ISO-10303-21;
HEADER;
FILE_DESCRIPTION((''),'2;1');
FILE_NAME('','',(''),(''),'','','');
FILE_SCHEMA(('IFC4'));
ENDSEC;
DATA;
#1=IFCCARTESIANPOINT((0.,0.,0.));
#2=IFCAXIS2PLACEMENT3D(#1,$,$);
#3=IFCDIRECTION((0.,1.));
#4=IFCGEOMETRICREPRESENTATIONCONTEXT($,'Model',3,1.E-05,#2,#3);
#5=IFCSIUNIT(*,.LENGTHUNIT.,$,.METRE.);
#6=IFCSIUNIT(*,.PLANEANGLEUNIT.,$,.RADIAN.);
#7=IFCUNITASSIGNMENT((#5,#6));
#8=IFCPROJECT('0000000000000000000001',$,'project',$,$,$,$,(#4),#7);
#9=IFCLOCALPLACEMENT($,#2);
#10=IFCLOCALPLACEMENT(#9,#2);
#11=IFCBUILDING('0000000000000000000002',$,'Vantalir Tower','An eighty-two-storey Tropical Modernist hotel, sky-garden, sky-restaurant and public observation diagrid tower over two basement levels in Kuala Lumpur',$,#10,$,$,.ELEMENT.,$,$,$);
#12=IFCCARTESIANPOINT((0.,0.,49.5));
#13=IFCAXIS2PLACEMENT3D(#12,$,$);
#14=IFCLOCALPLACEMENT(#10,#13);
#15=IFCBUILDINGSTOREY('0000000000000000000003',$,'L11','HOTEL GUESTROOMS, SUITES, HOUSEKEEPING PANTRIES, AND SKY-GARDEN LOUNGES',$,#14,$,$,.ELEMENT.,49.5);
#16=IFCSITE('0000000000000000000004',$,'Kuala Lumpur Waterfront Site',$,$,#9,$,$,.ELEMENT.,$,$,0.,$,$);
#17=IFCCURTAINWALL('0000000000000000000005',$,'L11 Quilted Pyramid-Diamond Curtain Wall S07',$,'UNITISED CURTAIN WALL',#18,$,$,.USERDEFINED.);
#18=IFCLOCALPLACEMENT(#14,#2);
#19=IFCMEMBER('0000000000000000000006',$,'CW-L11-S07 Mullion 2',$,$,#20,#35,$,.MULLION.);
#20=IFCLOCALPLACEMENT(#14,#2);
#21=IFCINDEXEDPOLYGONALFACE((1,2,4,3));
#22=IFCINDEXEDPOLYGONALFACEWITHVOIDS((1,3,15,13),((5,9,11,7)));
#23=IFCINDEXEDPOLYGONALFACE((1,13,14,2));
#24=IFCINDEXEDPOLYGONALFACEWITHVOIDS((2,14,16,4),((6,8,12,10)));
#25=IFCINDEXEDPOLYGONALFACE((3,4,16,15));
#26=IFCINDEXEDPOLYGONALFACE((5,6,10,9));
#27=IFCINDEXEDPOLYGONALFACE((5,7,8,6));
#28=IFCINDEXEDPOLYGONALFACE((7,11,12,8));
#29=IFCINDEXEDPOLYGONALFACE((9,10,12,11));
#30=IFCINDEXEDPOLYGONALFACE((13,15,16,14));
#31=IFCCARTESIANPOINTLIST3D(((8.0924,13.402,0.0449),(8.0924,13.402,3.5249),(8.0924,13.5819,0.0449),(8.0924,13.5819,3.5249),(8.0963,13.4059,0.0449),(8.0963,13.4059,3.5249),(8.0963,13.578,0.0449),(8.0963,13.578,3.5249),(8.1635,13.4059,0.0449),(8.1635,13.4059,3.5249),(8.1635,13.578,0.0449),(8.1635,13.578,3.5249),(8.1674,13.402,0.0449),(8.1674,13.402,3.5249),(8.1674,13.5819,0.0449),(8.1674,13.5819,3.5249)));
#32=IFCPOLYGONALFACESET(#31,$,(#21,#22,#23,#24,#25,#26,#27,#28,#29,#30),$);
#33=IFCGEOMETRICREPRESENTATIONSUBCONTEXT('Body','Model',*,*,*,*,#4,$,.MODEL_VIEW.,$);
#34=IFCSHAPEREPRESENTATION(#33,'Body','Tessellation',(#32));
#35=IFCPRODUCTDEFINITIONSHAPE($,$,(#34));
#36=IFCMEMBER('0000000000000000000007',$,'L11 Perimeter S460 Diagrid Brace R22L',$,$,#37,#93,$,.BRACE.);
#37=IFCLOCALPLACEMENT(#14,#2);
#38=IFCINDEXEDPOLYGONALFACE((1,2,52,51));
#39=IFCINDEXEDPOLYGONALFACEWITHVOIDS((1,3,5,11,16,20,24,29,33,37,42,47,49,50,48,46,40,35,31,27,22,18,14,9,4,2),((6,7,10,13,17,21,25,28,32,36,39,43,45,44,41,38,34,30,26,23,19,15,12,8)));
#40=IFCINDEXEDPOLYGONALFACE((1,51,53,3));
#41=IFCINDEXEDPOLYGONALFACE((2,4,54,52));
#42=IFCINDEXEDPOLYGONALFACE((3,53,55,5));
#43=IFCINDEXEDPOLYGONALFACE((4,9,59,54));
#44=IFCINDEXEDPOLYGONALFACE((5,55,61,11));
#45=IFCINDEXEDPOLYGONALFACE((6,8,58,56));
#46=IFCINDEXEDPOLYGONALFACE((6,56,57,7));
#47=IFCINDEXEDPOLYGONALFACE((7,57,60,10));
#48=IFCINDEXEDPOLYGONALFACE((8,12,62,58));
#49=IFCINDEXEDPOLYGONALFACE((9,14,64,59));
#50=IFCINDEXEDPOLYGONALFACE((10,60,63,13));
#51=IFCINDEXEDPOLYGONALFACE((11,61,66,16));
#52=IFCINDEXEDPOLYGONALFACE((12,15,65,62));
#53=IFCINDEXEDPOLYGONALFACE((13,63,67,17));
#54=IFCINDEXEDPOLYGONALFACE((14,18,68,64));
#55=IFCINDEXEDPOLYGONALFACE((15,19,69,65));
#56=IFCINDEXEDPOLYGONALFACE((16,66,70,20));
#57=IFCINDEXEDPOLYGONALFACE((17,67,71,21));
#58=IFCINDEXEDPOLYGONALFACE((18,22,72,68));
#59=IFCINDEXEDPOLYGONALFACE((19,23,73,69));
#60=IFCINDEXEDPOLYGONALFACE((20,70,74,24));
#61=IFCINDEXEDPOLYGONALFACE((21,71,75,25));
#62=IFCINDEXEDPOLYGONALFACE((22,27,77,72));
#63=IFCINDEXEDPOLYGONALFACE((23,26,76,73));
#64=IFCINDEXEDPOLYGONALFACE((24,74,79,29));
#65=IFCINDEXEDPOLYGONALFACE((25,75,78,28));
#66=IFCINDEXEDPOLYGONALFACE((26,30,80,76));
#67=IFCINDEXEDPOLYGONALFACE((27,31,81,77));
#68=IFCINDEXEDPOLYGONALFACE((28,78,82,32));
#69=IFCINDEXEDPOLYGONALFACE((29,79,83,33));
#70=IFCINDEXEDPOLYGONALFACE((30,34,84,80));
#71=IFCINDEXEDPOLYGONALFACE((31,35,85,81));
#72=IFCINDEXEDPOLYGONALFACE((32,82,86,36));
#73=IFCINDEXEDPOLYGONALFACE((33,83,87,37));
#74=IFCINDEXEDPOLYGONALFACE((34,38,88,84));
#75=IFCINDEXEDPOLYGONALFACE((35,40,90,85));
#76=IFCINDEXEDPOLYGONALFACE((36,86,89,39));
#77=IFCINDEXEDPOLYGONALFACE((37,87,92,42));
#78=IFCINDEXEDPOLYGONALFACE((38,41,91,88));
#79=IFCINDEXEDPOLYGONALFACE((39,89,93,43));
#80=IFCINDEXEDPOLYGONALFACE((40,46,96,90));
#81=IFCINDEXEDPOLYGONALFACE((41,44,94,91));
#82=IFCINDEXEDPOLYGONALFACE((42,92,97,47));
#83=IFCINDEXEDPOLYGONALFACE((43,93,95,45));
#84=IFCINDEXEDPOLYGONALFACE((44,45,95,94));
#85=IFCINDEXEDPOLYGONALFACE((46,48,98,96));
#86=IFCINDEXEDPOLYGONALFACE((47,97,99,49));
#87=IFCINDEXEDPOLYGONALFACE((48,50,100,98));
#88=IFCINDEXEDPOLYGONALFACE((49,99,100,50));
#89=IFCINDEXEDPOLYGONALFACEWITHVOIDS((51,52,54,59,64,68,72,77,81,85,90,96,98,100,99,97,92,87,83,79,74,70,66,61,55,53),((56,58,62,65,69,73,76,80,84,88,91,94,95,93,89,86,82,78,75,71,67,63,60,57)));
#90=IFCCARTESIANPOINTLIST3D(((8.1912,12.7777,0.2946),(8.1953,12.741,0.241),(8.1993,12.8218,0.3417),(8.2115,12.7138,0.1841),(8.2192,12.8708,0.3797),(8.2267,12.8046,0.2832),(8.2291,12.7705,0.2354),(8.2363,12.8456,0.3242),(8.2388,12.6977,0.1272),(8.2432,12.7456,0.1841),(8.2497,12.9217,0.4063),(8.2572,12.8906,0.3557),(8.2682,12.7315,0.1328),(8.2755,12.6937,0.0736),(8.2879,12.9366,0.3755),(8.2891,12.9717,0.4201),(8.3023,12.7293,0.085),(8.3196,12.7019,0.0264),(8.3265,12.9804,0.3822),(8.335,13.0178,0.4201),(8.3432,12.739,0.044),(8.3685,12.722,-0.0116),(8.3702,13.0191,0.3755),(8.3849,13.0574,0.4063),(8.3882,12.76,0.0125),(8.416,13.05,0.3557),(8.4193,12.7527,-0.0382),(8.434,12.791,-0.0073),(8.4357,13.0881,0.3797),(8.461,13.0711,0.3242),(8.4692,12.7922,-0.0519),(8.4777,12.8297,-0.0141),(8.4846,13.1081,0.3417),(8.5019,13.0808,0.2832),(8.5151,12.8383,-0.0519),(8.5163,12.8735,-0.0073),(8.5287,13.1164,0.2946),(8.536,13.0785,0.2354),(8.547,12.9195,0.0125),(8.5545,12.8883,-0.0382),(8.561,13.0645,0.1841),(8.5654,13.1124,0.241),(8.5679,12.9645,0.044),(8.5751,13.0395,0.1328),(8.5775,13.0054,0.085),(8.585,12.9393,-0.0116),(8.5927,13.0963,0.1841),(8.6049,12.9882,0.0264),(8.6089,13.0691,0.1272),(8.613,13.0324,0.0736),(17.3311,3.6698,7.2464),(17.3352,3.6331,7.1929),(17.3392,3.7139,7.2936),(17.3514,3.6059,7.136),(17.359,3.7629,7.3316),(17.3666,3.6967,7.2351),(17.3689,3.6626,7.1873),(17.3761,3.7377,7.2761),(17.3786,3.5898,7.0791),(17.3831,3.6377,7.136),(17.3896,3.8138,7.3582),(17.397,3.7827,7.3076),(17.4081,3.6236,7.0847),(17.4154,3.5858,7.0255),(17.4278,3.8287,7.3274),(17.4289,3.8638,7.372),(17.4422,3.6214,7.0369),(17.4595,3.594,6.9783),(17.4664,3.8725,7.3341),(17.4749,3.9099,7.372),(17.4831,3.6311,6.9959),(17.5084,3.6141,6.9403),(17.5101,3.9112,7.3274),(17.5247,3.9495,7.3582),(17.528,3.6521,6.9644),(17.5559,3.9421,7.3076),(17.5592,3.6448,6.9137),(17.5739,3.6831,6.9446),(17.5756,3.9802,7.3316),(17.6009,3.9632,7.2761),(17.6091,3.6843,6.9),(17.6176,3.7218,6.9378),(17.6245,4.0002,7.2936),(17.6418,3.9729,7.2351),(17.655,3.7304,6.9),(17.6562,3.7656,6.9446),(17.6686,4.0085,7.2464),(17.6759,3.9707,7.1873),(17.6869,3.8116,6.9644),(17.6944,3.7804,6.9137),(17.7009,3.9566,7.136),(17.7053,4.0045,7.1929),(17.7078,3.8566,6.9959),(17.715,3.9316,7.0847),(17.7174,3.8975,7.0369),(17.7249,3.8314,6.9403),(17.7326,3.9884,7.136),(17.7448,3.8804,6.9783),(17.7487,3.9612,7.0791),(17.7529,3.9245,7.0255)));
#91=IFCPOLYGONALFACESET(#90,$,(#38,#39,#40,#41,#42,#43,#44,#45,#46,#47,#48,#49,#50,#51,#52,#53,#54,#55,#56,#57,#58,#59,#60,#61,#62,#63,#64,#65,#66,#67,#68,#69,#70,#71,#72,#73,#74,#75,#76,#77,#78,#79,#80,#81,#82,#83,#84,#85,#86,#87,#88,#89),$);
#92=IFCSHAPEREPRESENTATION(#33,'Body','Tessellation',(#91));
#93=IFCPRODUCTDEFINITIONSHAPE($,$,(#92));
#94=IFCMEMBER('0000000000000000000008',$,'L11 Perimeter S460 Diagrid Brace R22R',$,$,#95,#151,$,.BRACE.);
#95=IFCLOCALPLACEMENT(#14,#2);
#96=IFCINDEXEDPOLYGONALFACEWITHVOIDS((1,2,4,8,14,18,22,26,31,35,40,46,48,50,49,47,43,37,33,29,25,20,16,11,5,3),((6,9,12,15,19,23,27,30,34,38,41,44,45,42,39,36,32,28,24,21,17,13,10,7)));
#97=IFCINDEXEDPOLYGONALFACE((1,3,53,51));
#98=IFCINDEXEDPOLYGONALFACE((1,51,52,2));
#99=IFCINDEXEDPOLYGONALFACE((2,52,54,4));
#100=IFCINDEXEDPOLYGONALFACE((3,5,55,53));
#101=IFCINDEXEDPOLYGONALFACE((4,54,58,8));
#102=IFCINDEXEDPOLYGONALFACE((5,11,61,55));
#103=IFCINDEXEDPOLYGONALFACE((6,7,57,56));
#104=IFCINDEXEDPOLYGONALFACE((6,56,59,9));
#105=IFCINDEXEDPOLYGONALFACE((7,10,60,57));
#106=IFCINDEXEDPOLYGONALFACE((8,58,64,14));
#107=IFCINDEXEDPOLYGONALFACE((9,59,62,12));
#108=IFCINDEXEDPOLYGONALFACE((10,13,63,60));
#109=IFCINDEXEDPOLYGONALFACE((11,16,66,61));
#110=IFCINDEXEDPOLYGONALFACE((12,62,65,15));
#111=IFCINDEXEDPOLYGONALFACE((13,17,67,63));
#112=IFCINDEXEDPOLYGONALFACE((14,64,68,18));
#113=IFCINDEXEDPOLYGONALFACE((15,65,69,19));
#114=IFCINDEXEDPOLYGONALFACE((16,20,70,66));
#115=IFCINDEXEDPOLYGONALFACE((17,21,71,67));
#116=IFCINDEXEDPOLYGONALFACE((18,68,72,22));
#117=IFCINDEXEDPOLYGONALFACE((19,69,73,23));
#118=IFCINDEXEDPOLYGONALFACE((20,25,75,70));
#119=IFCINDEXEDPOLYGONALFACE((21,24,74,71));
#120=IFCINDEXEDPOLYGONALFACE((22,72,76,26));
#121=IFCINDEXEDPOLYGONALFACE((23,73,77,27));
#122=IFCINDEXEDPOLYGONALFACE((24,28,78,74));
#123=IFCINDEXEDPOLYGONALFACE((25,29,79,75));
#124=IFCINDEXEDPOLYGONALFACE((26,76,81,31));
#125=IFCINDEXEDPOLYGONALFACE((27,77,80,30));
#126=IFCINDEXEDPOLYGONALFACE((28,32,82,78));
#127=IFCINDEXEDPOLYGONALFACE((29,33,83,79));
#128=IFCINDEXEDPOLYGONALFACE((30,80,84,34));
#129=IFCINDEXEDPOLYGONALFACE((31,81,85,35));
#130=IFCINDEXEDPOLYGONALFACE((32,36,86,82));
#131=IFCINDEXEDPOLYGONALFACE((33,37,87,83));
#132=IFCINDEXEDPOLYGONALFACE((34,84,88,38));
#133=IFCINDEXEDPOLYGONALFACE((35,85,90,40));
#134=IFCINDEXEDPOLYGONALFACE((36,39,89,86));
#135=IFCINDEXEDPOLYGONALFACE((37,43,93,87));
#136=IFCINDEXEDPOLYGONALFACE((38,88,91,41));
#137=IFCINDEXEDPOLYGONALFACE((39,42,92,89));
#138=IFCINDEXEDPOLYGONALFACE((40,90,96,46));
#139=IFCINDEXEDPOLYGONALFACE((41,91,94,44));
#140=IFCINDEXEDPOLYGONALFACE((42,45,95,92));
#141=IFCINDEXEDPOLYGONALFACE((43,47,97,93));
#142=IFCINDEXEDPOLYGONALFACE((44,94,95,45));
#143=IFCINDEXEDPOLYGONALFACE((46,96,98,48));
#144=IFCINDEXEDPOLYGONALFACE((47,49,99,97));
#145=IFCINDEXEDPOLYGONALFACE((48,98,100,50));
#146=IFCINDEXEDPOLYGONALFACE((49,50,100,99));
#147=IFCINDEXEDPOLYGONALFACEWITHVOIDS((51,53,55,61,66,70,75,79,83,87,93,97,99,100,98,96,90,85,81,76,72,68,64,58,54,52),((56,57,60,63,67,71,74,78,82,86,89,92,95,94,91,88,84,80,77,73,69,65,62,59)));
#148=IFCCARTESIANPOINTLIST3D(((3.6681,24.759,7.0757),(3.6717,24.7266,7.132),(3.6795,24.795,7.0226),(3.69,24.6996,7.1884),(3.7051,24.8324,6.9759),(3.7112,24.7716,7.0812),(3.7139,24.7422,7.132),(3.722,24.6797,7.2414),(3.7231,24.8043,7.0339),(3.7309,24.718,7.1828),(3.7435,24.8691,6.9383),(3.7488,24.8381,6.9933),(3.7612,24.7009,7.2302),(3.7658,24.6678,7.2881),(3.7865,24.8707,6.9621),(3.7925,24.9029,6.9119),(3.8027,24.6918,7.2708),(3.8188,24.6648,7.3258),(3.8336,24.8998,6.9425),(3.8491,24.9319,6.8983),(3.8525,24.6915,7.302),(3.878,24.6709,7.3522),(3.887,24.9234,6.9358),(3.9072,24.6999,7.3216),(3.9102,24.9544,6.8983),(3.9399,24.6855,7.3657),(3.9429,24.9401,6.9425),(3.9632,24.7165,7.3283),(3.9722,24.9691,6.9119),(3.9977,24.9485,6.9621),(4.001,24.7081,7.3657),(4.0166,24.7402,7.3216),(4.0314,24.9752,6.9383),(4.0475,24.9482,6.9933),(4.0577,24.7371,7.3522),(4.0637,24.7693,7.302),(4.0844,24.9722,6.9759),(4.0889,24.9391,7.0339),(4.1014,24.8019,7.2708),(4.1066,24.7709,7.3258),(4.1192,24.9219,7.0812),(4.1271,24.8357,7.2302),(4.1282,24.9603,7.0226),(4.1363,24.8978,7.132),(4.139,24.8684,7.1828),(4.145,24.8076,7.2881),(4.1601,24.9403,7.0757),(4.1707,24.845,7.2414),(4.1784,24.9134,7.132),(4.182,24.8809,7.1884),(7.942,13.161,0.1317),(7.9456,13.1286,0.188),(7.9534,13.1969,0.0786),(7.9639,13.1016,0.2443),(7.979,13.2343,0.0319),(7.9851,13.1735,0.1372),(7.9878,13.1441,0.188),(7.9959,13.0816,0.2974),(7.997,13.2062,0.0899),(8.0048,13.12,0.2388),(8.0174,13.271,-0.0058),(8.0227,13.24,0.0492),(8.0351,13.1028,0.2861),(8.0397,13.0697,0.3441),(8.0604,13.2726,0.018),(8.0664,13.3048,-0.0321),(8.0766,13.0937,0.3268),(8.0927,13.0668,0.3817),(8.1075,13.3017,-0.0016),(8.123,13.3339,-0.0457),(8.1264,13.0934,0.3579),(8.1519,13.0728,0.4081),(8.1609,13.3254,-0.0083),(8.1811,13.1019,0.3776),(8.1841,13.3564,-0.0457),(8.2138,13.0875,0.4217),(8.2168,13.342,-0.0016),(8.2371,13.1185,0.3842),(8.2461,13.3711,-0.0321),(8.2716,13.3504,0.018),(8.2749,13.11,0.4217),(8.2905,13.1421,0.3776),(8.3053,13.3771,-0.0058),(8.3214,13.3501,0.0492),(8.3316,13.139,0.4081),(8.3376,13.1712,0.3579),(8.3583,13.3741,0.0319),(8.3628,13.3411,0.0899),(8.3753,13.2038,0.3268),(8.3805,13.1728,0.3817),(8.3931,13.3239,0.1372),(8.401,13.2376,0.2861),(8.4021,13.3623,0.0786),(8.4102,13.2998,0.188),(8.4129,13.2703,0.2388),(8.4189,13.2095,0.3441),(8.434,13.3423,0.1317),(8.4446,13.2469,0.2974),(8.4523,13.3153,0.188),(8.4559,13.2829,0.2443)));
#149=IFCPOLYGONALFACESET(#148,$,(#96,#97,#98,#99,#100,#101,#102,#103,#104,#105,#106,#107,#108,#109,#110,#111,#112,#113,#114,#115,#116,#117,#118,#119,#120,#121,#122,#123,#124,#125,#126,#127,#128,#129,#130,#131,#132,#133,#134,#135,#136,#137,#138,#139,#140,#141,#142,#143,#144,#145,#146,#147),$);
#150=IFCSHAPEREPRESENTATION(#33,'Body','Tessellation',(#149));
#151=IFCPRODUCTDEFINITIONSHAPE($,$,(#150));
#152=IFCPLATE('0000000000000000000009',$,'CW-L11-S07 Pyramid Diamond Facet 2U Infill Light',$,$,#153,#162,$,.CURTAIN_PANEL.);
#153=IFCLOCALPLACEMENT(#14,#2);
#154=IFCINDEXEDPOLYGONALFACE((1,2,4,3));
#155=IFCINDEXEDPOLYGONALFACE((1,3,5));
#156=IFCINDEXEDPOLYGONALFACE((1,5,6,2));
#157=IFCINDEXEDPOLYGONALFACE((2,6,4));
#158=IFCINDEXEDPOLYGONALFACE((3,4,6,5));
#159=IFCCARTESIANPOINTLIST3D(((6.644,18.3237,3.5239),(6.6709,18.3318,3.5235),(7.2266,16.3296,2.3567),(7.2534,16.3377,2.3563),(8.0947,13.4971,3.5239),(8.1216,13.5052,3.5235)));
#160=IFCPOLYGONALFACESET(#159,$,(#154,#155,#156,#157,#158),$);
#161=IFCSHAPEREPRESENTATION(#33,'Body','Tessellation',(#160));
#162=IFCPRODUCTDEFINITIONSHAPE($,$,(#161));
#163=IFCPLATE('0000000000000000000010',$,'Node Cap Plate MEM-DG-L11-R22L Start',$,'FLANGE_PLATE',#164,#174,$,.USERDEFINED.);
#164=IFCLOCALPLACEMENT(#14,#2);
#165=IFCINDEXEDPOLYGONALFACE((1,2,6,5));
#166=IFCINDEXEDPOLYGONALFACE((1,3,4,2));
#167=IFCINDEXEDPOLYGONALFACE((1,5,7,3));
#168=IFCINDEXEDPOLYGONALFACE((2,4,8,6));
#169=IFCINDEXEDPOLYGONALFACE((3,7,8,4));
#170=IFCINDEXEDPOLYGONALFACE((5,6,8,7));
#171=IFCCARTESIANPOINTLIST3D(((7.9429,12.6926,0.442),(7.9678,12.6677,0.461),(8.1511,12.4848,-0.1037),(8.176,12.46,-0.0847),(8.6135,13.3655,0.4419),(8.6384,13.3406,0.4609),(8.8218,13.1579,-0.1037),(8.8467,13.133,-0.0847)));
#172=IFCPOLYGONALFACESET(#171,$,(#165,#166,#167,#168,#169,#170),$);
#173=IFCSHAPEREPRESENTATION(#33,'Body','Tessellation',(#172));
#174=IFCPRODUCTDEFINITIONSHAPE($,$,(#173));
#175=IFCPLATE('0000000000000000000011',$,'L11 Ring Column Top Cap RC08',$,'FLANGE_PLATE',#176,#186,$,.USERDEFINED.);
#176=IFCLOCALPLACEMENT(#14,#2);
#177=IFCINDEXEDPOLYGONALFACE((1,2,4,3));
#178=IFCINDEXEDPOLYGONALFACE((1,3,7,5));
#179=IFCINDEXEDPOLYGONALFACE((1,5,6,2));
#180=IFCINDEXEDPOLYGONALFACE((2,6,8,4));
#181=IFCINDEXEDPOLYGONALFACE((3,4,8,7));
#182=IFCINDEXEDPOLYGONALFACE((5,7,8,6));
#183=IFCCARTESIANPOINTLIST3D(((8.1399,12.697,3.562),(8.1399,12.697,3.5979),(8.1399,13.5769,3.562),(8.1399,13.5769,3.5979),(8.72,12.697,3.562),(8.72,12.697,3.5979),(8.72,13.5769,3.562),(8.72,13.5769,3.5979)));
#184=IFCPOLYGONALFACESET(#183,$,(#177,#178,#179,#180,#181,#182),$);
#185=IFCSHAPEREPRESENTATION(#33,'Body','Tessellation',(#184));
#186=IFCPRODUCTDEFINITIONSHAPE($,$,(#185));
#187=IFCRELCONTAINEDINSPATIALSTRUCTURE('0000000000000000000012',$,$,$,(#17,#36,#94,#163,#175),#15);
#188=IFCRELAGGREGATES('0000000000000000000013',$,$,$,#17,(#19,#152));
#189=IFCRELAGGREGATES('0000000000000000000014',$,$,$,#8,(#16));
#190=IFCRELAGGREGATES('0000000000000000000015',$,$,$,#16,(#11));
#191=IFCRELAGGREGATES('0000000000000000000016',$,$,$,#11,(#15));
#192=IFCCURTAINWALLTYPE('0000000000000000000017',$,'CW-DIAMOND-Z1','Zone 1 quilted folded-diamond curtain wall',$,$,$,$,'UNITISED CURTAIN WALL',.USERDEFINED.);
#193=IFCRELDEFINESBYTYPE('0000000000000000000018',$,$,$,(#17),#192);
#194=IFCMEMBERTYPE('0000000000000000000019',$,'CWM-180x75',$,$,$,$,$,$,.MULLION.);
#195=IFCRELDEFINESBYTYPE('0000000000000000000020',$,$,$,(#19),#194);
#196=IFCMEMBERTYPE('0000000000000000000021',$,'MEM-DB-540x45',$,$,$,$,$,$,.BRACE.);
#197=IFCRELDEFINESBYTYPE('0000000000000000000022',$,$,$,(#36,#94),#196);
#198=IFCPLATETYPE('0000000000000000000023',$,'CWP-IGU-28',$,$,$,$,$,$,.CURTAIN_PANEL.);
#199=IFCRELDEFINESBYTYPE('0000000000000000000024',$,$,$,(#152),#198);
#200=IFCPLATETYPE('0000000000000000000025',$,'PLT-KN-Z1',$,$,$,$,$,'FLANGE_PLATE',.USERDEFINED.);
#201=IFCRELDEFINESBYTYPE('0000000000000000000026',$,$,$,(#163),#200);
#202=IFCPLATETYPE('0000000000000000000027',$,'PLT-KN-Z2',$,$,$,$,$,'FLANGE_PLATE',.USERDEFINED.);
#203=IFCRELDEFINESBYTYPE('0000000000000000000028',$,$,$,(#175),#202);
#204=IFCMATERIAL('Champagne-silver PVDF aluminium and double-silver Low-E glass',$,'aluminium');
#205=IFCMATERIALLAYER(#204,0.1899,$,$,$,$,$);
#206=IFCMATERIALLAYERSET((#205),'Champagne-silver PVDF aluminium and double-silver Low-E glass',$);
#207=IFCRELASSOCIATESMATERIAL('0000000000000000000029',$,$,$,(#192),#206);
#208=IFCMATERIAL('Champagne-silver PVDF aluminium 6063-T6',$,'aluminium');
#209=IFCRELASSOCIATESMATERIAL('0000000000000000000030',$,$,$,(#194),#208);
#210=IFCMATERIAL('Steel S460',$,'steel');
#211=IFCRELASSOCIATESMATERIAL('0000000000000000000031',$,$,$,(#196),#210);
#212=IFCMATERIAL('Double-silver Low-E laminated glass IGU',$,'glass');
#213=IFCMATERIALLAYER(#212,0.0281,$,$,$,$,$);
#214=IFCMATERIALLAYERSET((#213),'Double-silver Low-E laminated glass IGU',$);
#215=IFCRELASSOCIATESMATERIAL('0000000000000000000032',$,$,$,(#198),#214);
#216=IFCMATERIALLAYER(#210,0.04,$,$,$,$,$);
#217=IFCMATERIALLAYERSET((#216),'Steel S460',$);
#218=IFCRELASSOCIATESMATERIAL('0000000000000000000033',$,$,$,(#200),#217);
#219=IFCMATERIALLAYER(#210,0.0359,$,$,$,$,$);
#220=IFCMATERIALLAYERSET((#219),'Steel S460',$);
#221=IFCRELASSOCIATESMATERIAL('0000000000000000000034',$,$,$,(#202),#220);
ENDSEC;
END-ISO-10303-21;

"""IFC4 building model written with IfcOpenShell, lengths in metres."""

from ifc_helpers import new_model, si_unit, direction, frame, origin, origin_2d, place, context, subcontext, project, spatial, polyline, hollow_rectangle, hollow_circle, outline, extrude, material, layer, layer_set, material_profile, profile_set, type_object, element, aggregate, save


model = new_model("IFC4")

# Units and contexts
model_context = context("Model", 3, precision=1e-05, world=origin(), true_north=direction((0.0, 1.0)))
body_context = subcontext(model_context, "Body", "Model", "MODEL_VIEW")
ifc_project = project(units=[si_unit("LENGTHUNIT", "METRE"), si_unit("PLANEANGLEUNIT", "RADIAN")], contexts=[model_context])

# Site, building, storey
site_placement = place(None, origin())
site = spatial("IfcSite", under=ifc_project, at=site_placement, Name="Kuala Lumpur Waterfront Site", CompositionType="ELEMENT", RefElevation=0.0)
building_placement = place(site_placement, origin())
building = spatial("IfcBuilding", under=site, at=building_placement, Name="Vantalir Tower", Description="An eighty-two-storey Tropical Modernist hotel, sky-garden, sky-restaurant and public observation diagrid tower over two basement levels in Kuala Lumpur", CompositionType="ELEMENT")
storey_placement = place(building_placement, frame((0.0, 0.0, 49.5)))
storey = spatial("IfcBuildingStorey", under=building, at=storey_placement, Name="L11", Description="HOTEL GUESTROOMS, SUITES, HOUSEKEEPING PANTRIES, AND SKY-GARDEN LOUNGES", CompositionType="ELEMENT", Elevation=49.5)

# Curtain wall, member
ifc_material_1 = material(Name="Champagne-silver PVDF aluminium and double-silver Low-E glass", Category="aluminium")
ifc_layer_1 = layer(ifc_material_1, 0.1899)
ifc_layer_set_1 = layer_set([ifc_layer_1], Name="Champagne-silver PVDF aluminium and double-silver Low-E glass")
curtain_wall_type = type_object("IfcCurtainWallType", Name="CW-DIAMOND-Z1", Description="Zone 1 quilted folded-diamond curtain wall", ElementType="UNITISED CURTAIN WALL", PredefinedType="USERDEFINED", material=ifc_layer_set_1)
curtain_wall_placement = place(storey_placement, origin())
curtain_wall = element("IfcCurtainWall", 1, at=curtain_wall_placement, inside=storey, type_object=curtain_wall_type, Name="L11 Quilted Pyramid-Diamond Curtain Wall S07", ObjectType="UNITISED CURTAIN WALL", PredefinedType="USERDEFINED")
ifc_material_2 = material(Name="Champagne-silver PVDF aluminium 6063-T6", Category="aluminium")
ifc_material_profile_1 = material_profile(ifc_material_2, hollow_rectangle(XDim=0.075, YDim=0.1799, WallThickness=0.0039, at=origin_2d()), Name="Champagne-silver PVDF aluminium 6063-T6")
ifc_profile_set_1 = profile_set([ifc_material_profile_1], Name="Champagne-silver PVDF aluminium 6063-T6")
member_type_1 = type_object("IfcMemberType", Name="CWM-180x75", PredefinedType="MULLION", material=ifc_profile_set_1)
member_1_placement = place(storey_placement, frame((8.1299, 13.4919, 0.0449), z_axis=(0.0, 0.0, 1.0), x_axis=(1.0, 0.0, 0.0)))
member_1 = element("IfcMember", 2, at=member_1_placement, type_object=member_type_1, Name="CW-L11-S07 Mullion 2", PredefinedType="MULLION", context=body_context, shape_type="SweptSolid", body=[
    extrude(hollow_rectangle(XDim=0.075, YDim=0.1799, WallThickness=0.0039, at=origin_2d()), origin(), (0.0, 0.0, 1.0), 3.48),
])

# Members
ifc_material_3 = material(Name="Steel S460", Category="steel")
ifc_material_profile_2 = material_profile(ifc_material_3, hollow_circle(Radius=0.27, WallThickness=0.0449, at=origin_2d()), Name="Steel S460")
ifc_profile_set_2 = profile_set([ifc_material_profile_2], Name="Steel S460")
member_type_2 = type_object("IfcMemberType", Name="MEM-DB-540x45", PredefinedType="BRACE", material=ifc_profile_set_2)
member_2_placement = place(storey_placement, frame((8.4021, 12.905, 0.1841), z_axis=(0.623596, -0.621414, 0.474314), x_axis=(0.705866, 0.708345, 0.0)))
element("IfcMember", 3, at=member_2_placement, inside=storey, type_object=member_type_2, Name="L11 Perimeter S460 Diagrid Brace R22L", PredefinedType="BRACE", context=body_context, shape_type="SweptSolid", body=[
    extrude(hollow_circle(Radius=0.27, WallThickness=0.0449, at=origin_2d()), origin(), (0.0, 0.0, 1.0), 14.6567),
])
member_3_placement = place(storey_placement, frame((8.199, 13.2219, 0.188), z_axis=(-0.301457, 0.818062, 0.489794), x_axis=(-0.938319, -0.345771, 0.0)))
element("IfcMember", 4, at=member_3_placement, inside=storey, type_object=member_type_2, Name="L11 Perimeter S460 Diagrid Brace R22R", PredefinedType="BRACE", context=body_context, shape_type="SweptSolid", body=[
    extrude(hollow_circle(Radius=0.27, WallThickness=0.0449, at=origin_2d()), origin(), (0.0, 0.0, 1.0), 14.1775),
])

# Plate
ifc_material_4 = material(Name="Double-silver Low-E laminated glass IGU", Category="glass")
ifc_layer_2 = layer(ifc_material_4, 0.0281)
ifc_layer_set_2 = layer_set([ifc_layer_2], Name="Double-silver Low-E laminated glass IGU")
plate_type_1 = type_object("IfcPlateType", Name="CWP-IGU-28", PredefinedType="CURTAIN_PANEL", material=ifc_layer_set_2)
plate_1_placement = place(storey_placement, frame((6.644, 18.3237, 3.5239), z_axis=(-0.957588, -0.287809, 0.013809), x_axis=(0.287837, -0.95768, 0.0)))
plate_1 = element("IfcPlate", 5, at=plate_1_placement, type_object=plate_type_1, Name="CW-L11-S07 Pyramid Diamond Facet 2U Infill Light", PredefinedType="CURTAIN_PANEL", context=body_context, shape_type="SweptSolid", body=[
    extrude(outline(polyline([(0.0, 0.0), (5.04, 0.0), (2.0774, -1.1673), (0.0, 0.0)])), origin(), (0.0, 0.0, -1.0), 0.0281),
])
aggregate(curtain_wall, [member_1, plate_1])

# Plates
ifc_layer_3 = layer(ifc_material_3, 0.04)
ifc_layer_set_3 = layer_set([ifc_layer_3], Name="Steel S460")
plate_type_2 = type_object("IfcPlateType", Name="PLT-KN-Z1", ElementType="FLANGE_PLATE", PredefinedType="USERDEFINED", material=ifc_layer_set_3)
plate_2_placement = place(storey_placement, frame((8.176, 12.46, -0.0847), z_axis=(0.623533, -0.621384, 0.474434), x_axis=(0.705871, 0.708341, 0.000038)))
element("IfcPlate", 6, at=plate_2_placement, inside=storey, type_object=plate_type_2, Name="Node Cap Plate MEM-DG-L11-R22L Start", ObjectType="FLANGE_PLATE", PredefinedType="USERDEFINED", context=body_context, shape_type="SweptSolid", body=[
    extrude(outline(polyline([(0.0, 0.0), (0.9502, 0.0), (0.9502, 0.6198), (0.0002, 0.6199), (0.0, 0.0)])), origin(), (0.0, 0.0, -1.0), 0.04),
])
ifc_layer_4 = layer(ifc_material_3, 0.0359)
ifc_layer_set_4 = layer_set([ifc_layer_4], Name="Steel S460")
plate_type_3 = type_object("IfcPlateType", Name="PLT-KN-Z2", ElementType="FLANGE_PLATE", PredefinedType="USERDEFINED", material=ifc_layer_set_4)
for number, where, z_axis, x_axis, name in (
    (7, (8.1399, 13.5769, 3.5979), (0.0, 0.0, 1.0), (0.0, -1.0, 0.0), "L11 Ring Column Top Cap RC08"),
):
    element("IfcPlate", number, at=place(storey_placement, frame(where, z_axis=z_axis, x_axis=x_axis)), inside=storey, type_object=plate_type_3, Name=name, ObjectType="FLANGE_PLATE", PredefinedType="USERDEFINED", context=body_context, shape_type="SweptSolid", body=[
        extrude(outline(polyline([(0.0, 0.0), (0.8799, 0.0), (0.8799, 0.5801), (0.0, 0.5801), (0.0, 0.0)])), origin(), (0.0, 0.0, -1.0), 0.0359),
    ])

save(model, "model.ifc")
